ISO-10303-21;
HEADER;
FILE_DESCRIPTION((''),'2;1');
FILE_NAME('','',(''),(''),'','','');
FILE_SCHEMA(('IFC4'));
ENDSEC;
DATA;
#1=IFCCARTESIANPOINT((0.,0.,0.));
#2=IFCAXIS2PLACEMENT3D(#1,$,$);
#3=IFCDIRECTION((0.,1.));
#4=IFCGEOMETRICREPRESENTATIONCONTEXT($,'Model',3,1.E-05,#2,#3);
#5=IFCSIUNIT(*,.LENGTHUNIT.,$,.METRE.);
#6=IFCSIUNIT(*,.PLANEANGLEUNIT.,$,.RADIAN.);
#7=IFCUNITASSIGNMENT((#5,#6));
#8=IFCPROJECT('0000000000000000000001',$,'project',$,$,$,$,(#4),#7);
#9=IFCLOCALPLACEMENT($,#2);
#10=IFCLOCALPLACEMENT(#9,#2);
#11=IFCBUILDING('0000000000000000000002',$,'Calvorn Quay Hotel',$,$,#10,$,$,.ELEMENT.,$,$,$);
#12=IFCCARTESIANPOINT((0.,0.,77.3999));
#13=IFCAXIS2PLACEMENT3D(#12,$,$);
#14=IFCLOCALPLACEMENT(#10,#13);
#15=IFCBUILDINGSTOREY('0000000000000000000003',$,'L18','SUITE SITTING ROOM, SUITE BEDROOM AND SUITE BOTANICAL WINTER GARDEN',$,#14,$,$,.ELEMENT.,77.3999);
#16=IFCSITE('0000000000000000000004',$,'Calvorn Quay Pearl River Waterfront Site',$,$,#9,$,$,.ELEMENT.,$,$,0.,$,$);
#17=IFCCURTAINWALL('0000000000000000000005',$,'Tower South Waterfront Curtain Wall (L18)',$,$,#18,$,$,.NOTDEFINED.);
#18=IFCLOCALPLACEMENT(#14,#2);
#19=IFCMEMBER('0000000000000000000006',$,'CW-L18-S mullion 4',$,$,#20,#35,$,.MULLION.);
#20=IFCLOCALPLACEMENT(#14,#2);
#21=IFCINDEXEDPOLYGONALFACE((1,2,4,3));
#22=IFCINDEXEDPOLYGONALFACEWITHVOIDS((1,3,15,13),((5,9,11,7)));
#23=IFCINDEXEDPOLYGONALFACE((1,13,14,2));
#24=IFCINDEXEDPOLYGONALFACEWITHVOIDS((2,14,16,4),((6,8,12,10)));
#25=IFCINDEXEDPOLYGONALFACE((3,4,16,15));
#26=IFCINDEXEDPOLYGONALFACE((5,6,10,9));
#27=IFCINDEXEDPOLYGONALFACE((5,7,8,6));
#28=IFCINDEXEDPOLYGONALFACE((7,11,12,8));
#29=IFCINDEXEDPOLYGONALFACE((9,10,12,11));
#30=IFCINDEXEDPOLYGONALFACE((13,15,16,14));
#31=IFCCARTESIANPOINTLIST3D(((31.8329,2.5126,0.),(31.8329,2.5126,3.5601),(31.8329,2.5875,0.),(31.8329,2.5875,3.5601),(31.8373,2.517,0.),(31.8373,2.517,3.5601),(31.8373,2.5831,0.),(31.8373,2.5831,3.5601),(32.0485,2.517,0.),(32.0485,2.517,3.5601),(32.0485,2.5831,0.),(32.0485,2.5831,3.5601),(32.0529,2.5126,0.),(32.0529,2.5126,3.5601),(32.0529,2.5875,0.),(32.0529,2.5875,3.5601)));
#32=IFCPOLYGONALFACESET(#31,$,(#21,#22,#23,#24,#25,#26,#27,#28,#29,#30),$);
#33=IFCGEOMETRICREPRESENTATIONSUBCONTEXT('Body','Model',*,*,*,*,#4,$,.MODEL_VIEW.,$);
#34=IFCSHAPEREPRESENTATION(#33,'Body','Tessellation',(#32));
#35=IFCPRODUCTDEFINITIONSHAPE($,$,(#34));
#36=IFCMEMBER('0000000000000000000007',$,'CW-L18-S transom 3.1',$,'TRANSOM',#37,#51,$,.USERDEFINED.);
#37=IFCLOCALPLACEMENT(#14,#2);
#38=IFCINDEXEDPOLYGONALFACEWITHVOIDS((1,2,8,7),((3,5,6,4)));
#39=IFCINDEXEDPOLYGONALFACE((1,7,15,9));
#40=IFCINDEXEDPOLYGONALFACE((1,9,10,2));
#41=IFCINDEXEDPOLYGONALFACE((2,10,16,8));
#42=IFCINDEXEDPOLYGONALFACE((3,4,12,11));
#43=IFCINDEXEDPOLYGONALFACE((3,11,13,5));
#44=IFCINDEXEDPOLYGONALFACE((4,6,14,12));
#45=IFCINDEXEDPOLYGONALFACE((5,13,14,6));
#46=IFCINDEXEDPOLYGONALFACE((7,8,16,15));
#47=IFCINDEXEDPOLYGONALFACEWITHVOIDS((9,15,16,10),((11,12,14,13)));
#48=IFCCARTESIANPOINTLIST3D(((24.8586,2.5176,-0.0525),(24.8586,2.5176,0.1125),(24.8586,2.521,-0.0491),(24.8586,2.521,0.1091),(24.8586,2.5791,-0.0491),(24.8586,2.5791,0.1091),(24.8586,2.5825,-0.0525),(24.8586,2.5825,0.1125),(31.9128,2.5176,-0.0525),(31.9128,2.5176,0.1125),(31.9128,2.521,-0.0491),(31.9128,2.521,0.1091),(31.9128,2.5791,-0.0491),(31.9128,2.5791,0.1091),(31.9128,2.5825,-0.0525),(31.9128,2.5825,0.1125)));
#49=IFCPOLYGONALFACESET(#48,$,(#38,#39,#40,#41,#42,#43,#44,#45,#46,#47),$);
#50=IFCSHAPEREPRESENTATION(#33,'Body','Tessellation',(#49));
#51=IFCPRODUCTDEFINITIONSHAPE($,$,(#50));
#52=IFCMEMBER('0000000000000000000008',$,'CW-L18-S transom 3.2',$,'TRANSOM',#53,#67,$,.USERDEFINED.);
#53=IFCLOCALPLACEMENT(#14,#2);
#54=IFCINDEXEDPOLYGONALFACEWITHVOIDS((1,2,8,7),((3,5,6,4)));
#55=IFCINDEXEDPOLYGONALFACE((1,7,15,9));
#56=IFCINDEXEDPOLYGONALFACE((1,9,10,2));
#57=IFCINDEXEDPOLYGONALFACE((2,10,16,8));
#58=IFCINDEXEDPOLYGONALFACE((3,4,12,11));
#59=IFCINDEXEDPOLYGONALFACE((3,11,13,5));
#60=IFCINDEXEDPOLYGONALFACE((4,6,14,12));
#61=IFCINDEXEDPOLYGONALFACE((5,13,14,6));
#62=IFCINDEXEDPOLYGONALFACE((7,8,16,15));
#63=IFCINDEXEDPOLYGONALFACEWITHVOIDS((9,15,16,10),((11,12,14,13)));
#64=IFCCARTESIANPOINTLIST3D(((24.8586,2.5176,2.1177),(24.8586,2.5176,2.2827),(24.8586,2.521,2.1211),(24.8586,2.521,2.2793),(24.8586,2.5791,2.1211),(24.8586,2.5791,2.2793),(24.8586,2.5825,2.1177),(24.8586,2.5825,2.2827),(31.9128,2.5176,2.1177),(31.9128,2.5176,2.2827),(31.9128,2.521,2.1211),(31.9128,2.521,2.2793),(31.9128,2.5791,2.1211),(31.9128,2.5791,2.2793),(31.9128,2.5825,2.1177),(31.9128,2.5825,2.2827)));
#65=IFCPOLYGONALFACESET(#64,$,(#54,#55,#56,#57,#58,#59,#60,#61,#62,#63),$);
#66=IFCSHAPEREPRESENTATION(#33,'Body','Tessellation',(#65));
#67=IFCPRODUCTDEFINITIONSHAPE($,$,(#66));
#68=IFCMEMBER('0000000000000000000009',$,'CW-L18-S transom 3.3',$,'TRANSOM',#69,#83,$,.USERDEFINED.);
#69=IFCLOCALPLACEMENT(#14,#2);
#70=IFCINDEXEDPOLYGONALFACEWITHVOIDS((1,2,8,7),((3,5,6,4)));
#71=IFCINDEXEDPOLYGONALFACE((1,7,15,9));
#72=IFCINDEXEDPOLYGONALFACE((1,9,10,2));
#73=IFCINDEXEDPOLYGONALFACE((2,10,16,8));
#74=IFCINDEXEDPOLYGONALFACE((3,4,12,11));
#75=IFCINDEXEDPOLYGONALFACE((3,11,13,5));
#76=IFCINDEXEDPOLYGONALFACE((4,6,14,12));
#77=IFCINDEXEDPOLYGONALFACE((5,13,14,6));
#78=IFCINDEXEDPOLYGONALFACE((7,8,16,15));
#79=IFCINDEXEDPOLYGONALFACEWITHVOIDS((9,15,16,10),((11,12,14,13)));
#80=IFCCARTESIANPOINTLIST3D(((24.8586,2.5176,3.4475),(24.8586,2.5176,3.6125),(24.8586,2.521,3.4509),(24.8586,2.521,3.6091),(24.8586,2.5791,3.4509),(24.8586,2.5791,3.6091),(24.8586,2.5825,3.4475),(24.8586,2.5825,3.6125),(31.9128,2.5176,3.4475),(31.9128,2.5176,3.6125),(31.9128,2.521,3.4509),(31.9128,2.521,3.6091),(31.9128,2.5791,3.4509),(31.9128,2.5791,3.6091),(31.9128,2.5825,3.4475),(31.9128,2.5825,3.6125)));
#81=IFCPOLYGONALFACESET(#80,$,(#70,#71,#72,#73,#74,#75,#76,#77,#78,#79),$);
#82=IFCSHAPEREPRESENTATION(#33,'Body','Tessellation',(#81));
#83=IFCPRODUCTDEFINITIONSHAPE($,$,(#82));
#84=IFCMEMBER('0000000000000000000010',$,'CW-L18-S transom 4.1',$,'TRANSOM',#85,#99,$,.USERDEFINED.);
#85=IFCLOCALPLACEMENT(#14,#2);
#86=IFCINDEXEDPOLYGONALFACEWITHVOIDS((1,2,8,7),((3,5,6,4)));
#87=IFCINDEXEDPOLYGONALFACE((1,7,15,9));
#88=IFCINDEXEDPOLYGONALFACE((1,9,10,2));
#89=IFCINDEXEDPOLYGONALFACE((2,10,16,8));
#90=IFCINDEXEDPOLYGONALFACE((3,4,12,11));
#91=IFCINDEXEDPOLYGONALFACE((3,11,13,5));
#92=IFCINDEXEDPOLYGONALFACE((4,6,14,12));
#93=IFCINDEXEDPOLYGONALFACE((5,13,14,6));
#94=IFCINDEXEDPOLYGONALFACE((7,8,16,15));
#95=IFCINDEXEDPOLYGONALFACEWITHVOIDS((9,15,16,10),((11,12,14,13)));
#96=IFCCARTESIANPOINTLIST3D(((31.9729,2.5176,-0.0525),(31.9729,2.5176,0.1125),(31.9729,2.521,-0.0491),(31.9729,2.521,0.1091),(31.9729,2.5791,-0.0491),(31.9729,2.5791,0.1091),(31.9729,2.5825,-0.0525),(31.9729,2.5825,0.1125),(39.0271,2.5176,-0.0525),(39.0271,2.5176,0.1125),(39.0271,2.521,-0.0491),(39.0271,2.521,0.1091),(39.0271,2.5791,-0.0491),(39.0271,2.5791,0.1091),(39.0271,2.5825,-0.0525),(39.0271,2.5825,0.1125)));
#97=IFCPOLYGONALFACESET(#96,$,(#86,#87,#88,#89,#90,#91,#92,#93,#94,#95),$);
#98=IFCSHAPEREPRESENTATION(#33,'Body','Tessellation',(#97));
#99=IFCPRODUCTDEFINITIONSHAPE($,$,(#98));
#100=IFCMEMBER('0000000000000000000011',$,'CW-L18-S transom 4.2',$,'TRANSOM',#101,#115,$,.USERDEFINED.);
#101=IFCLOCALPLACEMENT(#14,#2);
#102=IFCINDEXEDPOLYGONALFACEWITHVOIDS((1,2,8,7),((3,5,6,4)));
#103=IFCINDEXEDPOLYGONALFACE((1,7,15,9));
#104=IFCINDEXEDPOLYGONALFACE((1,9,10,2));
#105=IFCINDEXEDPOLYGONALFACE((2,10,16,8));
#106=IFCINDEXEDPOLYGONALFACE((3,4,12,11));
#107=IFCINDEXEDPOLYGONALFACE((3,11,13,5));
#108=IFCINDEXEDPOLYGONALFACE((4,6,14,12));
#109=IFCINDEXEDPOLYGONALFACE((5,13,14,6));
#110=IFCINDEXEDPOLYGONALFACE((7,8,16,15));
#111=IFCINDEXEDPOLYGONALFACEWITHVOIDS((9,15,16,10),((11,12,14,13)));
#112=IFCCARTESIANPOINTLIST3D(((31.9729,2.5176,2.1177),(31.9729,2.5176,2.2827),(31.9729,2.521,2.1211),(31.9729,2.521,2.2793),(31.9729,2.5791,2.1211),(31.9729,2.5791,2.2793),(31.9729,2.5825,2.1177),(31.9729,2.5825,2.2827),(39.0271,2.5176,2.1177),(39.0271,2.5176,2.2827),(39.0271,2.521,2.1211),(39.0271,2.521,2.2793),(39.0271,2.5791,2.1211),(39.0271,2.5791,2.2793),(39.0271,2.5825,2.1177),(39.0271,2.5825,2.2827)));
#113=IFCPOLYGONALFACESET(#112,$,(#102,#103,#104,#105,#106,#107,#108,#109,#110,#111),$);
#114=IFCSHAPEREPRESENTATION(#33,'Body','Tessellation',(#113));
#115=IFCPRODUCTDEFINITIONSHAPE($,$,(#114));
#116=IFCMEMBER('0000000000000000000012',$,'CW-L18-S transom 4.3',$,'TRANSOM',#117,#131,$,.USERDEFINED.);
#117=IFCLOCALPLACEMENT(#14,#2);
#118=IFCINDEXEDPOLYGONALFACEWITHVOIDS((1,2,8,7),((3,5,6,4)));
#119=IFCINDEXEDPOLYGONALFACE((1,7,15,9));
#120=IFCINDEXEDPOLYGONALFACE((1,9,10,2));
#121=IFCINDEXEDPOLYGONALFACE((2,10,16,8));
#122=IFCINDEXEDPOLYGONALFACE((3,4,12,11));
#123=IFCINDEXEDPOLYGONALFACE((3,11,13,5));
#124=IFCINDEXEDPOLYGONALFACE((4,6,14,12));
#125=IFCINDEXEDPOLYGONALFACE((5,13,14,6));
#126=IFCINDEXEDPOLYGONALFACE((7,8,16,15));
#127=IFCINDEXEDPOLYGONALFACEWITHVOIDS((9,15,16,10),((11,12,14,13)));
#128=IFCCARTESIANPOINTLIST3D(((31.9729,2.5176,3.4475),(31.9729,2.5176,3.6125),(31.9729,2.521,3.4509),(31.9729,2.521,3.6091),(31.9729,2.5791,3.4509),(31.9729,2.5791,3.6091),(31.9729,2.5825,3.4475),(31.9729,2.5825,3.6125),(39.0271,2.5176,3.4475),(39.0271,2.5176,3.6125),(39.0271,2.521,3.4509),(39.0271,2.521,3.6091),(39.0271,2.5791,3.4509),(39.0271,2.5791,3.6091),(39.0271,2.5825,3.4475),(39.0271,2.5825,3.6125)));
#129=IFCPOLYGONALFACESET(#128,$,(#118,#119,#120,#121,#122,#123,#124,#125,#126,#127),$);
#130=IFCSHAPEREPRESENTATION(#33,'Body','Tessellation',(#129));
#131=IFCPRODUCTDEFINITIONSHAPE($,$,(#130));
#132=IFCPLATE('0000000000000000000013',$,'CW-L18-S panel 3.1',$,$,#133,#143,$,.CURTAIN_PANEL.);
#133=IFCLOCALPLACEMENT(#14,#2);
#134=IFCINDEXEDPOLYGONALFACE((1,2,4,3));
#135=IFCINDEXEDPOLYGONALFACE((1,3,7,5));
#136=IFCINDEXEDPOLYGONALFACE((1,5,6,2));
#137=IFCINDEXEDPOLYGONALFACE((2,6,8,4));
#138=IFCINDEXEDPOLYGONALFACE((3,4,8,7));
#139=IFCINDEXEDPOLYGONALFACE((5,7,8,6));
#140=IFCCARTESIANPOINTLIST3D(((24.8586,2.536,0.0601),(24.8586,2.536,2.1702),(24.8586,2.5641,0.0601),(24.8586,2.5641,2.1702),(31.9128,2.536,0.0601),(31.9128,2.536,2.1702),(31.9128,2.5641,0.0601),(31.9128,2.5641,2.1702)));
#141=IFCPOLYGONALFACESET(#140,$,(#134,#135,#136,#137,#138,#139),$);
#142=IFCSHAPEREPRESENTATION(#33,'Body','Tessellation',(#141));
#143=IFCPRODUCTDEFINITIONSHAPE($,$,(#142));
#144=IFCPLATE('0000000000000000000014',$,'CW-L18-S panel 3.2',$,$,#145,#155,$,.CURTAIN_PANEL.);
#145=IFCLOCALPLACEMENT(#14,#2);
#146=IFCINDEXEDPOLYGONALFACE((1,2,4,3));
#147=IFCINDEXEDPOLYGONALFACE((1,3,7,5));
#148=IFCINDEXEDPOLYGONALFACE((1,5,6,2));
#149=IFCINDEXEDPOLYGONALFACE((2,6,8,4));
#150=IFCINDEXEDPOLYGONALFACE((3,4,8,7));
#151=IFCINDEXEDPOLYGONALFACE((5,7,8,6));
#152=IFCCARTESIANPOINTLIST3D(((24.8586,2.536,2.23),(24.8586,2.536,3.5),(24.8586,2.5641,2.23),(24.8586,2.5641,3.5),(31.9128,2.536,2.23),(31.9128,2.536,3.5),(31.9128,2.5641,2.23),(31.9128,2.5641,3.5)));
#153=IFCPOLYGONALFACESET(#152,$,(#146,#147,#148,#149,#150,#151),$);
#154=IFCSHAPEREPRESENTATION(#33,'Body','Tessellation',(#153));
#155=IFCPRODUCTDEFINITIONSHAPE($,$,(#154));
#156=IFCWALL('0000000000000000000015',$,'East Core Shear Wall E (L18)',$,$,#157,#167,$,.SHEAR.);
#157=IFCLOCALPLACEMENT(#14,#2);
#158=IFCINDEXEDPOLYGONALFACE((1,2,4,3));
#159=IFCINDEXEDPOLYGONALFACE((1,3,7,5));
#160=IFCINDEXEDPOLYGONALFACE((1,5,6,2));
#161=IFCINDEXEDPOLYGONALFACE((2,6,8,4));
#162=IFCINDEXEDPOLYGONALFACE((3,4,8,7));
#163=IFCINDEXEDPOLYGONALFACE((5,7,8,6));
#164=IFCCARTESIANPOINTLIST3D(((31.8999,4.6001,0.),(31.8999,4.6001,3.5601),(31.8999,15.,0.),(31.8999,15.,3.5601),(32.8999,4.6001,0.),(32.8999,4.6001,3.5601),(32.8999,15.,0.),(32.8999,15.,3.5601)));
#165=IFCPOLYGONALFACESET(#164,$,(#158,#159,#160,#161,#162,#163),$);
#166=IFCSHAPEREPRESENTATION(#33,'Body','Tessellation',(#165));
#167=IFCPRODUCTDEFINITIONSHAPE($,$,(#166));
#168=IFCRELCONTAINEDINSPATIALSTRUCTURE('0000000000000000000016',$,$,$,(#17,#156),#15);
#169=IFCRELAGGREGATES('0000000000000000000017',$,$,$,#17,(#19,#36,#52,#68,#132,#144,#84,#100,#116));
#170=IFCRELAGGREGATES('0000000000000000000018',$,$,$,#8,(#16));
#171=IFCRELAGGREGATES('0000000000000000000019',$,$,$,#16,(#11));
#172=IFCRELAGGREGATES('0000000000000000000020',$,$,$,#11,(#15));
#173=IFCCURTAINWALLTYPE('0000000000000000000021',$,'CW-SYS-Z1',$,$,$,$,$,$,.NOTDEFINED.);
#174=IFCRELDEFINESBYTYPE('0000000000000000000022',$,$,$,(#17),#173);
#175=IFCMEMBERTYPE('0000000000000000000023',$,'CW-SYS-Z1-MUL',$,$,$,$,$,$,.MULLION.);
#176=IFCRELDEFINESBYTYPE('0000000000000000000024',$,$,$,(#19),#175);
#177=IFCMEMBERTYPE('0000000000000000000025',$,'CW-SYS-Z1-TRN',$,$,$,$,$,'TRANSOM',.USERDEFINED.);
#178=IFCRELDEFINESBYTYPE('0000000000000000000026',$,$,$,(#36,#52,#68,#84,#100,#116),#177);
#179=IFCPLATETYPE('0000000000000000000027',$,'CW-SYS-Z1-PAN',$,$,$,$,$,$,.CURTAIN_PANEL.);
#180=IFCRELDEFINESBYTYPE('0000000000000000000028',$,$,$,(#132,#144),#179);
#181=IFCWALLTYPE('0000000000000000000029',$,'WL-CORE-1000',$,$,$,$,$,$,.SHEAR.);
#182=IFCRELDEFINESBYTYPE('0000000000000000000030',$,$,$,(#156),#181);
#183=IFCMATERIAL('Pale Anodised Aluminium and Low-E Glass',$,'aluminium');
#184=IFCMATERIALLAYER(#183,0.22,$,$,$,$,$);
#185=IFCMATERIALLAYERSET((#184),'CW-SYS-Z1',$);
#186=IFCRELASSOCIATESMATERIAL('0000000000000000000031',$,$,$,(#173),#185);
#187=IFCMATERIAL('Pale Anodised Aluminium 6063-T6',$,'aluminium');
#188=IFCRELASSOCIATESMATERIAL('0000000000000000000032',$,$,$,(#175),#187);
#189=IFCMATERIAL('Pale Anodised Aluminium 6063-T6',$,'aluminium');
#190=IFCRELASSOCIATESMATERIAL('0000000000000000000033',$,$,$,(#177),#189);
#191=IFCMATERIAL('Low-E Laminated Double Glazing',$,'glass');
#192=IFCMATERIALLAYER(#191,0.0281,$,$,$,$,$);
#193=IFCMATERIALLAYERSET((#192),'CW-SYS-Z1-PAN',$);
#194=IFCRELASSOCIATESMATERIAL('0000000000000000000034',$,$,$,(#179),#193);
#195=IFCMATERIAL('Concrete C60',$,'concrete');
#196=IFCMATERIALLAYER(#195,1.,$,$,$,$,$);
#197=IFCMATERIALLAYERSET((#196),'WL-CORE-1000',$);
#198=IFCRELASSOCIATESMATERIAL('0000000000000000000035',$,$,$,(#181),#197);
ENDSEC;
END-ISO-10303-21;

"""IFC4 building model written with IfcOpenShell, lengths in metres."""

from ifc_helpers import new_model, si_unit, direction, frame, frame_2d, origin, origin_2d, place, context, subcontext, project, spatial, rectangle, hollow_rectangle, extrude, material, layer, layer_set, material_profile, profile_set, type_object, element, aggregate, save


model = new_model("IFC4")

# Units and contexts
model_context = context("Model", 3, precision=1e-05, world=origin(), true_north=direction((0.0, 1.0)))
body_context = subcontext(model_context, "Body", "Model", "MODEL_VIEW")
ifc_project = project(units=[si_unit("LENGTHUNIT", "METRE"), si_unit("PLANEANGLEUNIT", "RADIAN")], contexts=[model_context])

# Site, building, storey
site_placement = place(None, origin())
site = spatial("IfcSite", under=ifc_project, at=site_placement, Name="Calvorn Quay Pearl River Waterfront Site", CompositionType="ELEMENT", RefElevation=0.0)
building_placement = place(site_placement, origin())
building = spatial("IfcBuilding", under=site, at=building_placement, Name="Calvorn Quay Hotel", CompositionType="ELEMENT")
storey_placement = place(building_placement, frame((0.0, 0.0, 77.3999)))
storey = spatial("IfcBuildingStorey", under=building, at=storey_placement, Name="L18", Description="SUITE SITTING ROOM, SUITE BEDROOM AND SUITE BOTANICAL WINTER GARDEN", CompositionType="ELEMENT", Elevation=77.3999)

# Curtain wall, members, plates
ifc_material_1 = material(Name="Pale Anodised Aluminium and Low-E Glass", Category="aluminium")
ifc_layer_1 = layer(ifc_material_1, 0.22)
ifc_layer_set_1 = layer_set([ifc_layer_1], Name="CW-SYS-Z1")
curtain_wall_type = type_object("IfcCurtainWallType", Name="CW-SYS-Z1", PredefinedType="NOTDEFINED", material=ifc_layer_set_1)
curtain_wall_placement = place(storey_placement, origin())
curtain_wall = element("IfcCurtainWall", 1, at=curtain_wall_placement, inside=storey, type_object=curtain_wall_type, Name="Tower South Waterfront Curtain Wall (L18)", PredefinedType="NOTDEFINED")
ifc_material_2 = material(Name="Pale Anodised Aluminium 6063-T6", Category="aluminium")
ifc_material_profile_1 = material_profile(ifc_material_2, hollow_rectangle(XDim=0.075, YDim=0.22, WallThickness=0.0044, at=origin_2d()), Name="ALU-M220x75x4.5")
ifc_profile_set_1 = profile_set([ifc_material_profile_1], Name="Pale Anodised Aluminium 6063-T6")
member_type_1 = type_object("IfcMemberType", Name="CW-SYS-Z1-MUL", PredefinedType="MULLION", material=ifc_profile_set_1)
member_1_placement = place(storey_placement, frame((31.9429, 2.55, 0.0), z_axis=(0.0, 0.0, 1.0), x_axis=(0.0, 1.0, 0.0)))
member_1 = element("IfcMember", 2, at=member_1_placement, type_object=member_type_1, Name="CW-L18-S mullion 4", PredefinedType="MULLION", context=body_context, shape_type="SweptSolid", body=[
    extrude(hollow_rectangle(XDim=0.075, YDim=0.22, WallThickness=0.0044, at=origin_2d()), origin(), (0.0, 0.0, 1.0), 3.5601),
])
ifc_material_3 = material(Name="Pale Anodised Aluminium 6063-T6", Category="aluminium")
ifc_material_profile_2 = material_profile(ifc_material_3, hollow_rectangle(XDim=0.0649, YDim=0.165, WallThickness=0.0034, at=origin_2d()), Name="ALU-T165x65x3.5")
ifc_profile_set_2 = profile_set([ifc_material_profile_2], Name="Pale Anodised Aluminium 6063-T6")
member_type_2 = type_object("IfcMemberType", Name="CW-SYS-Z1-TRN", ElementType="TRANSOM", PredefinedType="USERDEFINED", material=ifc_profile_set_2)
member_2_placement = place(storey_placement, frame((24.8586, 2.55, 0.03), z_axis=(1.0, 0.0, 0.0), x_axis=(0.0, 1.0, 0.0)))
member_2 = element("IfcMember", 3, at=member_2_placement, type_object=member_type_2, Name="CW-L18-S transom 3.1", ObjectType="TRANSOM", PredefinedType="USERDEFINED", context=body_context, shape_type="SweptSolid", body=[
    extrude(hollow_rectangle(XDim=0.0649, YDim=0.165, WallThickness=0.0034, at=origin_2d()), origin(), (0.0, 0.0, 1.0), 7.0542),
])
member_3_placement = place(storey_placement, frame((24.8586, 2.55, 2.2002), z_axis=(1.0, 0.0, 0.0), x_axis=(0.0, 1.0, 0.0)))
member_3 = element("IfcMember", 4, at=member_3_placement, type_object=member_type_2, Name="CW-L18-S transom 3.2", ObjectType="TRANSOM", PredefinedType="USERDEFINED", context=body_context, shape_type="SweptSolid", body=[
    extrude(hollow_rectangle(XDim=0.0649, YDim=0.165, WallThickness=0.0034, at=origin_2d()), origin(), (0.0, 0.0, 1.0), 7.0542),
])
member_4_placement = place(storey_placement, frame((24.8586, 2.55, 3.53), z_axis=(1.0, 0.0, 0.0), x_axis=(0.0, 1.0, 0.0)))
member_4 = element("IfcMember", 5, at=member_4_placement, type_object=member_type_2, Name="CW-L18-S transom 3.3", ObjectType="TRANSOM", PredefinedType="USERDEFINED", context=body_context, shape_type="SweptSolid", body=[
    extrude(hollow_rectangle(XDim=0.0649, YDim=0.165, WallThickness=0.0034, at=origin_2d()), origin(), (0.0, 0.0, 1.0), 7.0542),
])
member_5_placement = place(storey_placement, frame((31.9729, 2.55, 0.03), z_axis=(1.0, 0.0, 0.0), x_axis=(0.0, 1.0, 0.0)))
member_5 = element("IfcMember", 6, at=member_5_placement, type_object=member_type_2, Name="CW-L18-S transom 4.1", ObjectType="TRANSOM", PredefinedType="USERDEFINED", context=body_context, shape_type="SweptSolid", body=[
    extrude(hollow_rectangle(XDim=0.0649, YDim=0.165, WallThickness=0.0034, at=origin_2d()), origin(), (0.0, 0.0, 1.0), 7.0542),
])
member_6_placement = place(storey_placement, frame((31.9729, 2.55, 2.2002), z_axis=(1.0, 0.0, 0.0), x_axis=(0.0, 1.0, 0.0)))
member_6 = element("IfcMember", 7, at=member_6_placement, type_object=member_type_2, Name="CW-L18-S transom 4.2", ObjectType="TRANSOM", PredefinedType="USERDEFINED", context=body_context, shape_type="SweptSolid", body=[
    extrude(hollow_rectangle(XDim=0.0649, YDim=0.165, WallThickness=0.0034, at=origin_2d()), origin(), (0.0, 0.0, 1.0), 7.0542),
])
member_7_placement = place(storey_placement, frame((31.9729, 2.55, 3.53), z_axis=(1.0, 0.0, 0.0), x_axis=(0.0, 1.0, 0.0)))
member_7 = element("IfcMember", 8, at=member_7_placement, type_object=member_type_2, Name="CW-L18-S transom 4.3", ObjectType="TRANSOM", PredefinedType="USERDEFINED", context=body_context, shape_type="SweptSolid", body=[
    extrude(hollow_rectangle(XDim=0.0649, YDim=0.165, WallThickness=0.0034, at=origin_2d()), origin(), (0.0, 0.0, 1.0), 7.0542),
])
ifc_material_4 = material(Name="Low-E Laminated Double Glazing", Category="glass")
ifc_layer_2 = layer(ifc_material_4, 0.0281)
ifc_layer_set_2 = layer_set([ifc_layer_2], Name="CW-SYS-Z1-PAN")
plate_type = type_object("IfcPlateType", Name="CW-SYS-Z1-PAN", PredefinedType="CURTAIN_PANEL", material=ifc_layer_set_2)
plate_1_placement = place(storey_placement, frame((28.3857, 2.55, 0.0601), z_axis=(0.0, 0.0, 1.0), x_axis=(1.0, 0.0, 0.0)))
plate_1 = element("IfcPlate", 9, at=plate_1_placement, type_object=plate_type, Name="CW-L18-S panel 3.1", PredefinedType="CURTAIN_PANEL", context=body_context, shape_type="SweptSolid", body=[
    extrude(rectangle(XDim=7.0542, YDim=0.0281, at=origin_2d()), origin(), (0.0, 0.0, 1.0), 2.1101),
])
plate_2_placement = place(storey_placement, frame((28.3857, 2.55, 2.23), z_axis=(0.0, 0.0, 1.0), x_axis=(1.0, 0.0, 0.0)))
plate_2 = element("IfcPlate", 10, at=plate_2_placement, type_object=plate_type, Name="CW-L18-S panel 3.2", PredefinedType="CURTAIN_PANEL", context=body_context, shape_type="SweptSolid", body=[
    extrude(rectangle(XDim=7.0542, YDim=0.0281, at=origin_2d()), origin(), (0.0, 0.0, 1.0), 1.27),
])
aggregate(curtain_wall, [member_1, member_2, member_3, member_4, plate_1, plate_2, member_5, member_6, member_7])

# Wall
ifc_material_5 = material(Name="Concrete C60", Category="concrete")
ifc_layer_3 = layer(ifc_material_5, 1.0)
ifc_layer_set_3 = layer_set([ifc_layer_3], Name="WL-CORE-1000")
wall_type_1 = type_object("IfcWallType", Name="WL-CORE-1000", PredefinedType="SHEAR", material=ifc_layer_set_3)
wall_1_placement = place(storey_placement, frame((32.3999, 4.6001, 0.0), z_axis=(0.0, 0.0, 1.0), x_axis=(0.0, 1.0, 0.0)))
element("IfcWall", 11, at=wall_1_placement, inside=storey, type_object=wall_type_1, Name="East Core Shear Wall E (L18)", PredefinedType="SHEAR", context=body_context, shape_type="SweptSolid", body=[
    extrude(rectangle(XDim=10.3999, YDim=1.0, at=frame_2d((5.2, 0.0))), origin(), (0.0, 0.0, 1.0), 3.5601),
])

save(model, "model.ifc")
